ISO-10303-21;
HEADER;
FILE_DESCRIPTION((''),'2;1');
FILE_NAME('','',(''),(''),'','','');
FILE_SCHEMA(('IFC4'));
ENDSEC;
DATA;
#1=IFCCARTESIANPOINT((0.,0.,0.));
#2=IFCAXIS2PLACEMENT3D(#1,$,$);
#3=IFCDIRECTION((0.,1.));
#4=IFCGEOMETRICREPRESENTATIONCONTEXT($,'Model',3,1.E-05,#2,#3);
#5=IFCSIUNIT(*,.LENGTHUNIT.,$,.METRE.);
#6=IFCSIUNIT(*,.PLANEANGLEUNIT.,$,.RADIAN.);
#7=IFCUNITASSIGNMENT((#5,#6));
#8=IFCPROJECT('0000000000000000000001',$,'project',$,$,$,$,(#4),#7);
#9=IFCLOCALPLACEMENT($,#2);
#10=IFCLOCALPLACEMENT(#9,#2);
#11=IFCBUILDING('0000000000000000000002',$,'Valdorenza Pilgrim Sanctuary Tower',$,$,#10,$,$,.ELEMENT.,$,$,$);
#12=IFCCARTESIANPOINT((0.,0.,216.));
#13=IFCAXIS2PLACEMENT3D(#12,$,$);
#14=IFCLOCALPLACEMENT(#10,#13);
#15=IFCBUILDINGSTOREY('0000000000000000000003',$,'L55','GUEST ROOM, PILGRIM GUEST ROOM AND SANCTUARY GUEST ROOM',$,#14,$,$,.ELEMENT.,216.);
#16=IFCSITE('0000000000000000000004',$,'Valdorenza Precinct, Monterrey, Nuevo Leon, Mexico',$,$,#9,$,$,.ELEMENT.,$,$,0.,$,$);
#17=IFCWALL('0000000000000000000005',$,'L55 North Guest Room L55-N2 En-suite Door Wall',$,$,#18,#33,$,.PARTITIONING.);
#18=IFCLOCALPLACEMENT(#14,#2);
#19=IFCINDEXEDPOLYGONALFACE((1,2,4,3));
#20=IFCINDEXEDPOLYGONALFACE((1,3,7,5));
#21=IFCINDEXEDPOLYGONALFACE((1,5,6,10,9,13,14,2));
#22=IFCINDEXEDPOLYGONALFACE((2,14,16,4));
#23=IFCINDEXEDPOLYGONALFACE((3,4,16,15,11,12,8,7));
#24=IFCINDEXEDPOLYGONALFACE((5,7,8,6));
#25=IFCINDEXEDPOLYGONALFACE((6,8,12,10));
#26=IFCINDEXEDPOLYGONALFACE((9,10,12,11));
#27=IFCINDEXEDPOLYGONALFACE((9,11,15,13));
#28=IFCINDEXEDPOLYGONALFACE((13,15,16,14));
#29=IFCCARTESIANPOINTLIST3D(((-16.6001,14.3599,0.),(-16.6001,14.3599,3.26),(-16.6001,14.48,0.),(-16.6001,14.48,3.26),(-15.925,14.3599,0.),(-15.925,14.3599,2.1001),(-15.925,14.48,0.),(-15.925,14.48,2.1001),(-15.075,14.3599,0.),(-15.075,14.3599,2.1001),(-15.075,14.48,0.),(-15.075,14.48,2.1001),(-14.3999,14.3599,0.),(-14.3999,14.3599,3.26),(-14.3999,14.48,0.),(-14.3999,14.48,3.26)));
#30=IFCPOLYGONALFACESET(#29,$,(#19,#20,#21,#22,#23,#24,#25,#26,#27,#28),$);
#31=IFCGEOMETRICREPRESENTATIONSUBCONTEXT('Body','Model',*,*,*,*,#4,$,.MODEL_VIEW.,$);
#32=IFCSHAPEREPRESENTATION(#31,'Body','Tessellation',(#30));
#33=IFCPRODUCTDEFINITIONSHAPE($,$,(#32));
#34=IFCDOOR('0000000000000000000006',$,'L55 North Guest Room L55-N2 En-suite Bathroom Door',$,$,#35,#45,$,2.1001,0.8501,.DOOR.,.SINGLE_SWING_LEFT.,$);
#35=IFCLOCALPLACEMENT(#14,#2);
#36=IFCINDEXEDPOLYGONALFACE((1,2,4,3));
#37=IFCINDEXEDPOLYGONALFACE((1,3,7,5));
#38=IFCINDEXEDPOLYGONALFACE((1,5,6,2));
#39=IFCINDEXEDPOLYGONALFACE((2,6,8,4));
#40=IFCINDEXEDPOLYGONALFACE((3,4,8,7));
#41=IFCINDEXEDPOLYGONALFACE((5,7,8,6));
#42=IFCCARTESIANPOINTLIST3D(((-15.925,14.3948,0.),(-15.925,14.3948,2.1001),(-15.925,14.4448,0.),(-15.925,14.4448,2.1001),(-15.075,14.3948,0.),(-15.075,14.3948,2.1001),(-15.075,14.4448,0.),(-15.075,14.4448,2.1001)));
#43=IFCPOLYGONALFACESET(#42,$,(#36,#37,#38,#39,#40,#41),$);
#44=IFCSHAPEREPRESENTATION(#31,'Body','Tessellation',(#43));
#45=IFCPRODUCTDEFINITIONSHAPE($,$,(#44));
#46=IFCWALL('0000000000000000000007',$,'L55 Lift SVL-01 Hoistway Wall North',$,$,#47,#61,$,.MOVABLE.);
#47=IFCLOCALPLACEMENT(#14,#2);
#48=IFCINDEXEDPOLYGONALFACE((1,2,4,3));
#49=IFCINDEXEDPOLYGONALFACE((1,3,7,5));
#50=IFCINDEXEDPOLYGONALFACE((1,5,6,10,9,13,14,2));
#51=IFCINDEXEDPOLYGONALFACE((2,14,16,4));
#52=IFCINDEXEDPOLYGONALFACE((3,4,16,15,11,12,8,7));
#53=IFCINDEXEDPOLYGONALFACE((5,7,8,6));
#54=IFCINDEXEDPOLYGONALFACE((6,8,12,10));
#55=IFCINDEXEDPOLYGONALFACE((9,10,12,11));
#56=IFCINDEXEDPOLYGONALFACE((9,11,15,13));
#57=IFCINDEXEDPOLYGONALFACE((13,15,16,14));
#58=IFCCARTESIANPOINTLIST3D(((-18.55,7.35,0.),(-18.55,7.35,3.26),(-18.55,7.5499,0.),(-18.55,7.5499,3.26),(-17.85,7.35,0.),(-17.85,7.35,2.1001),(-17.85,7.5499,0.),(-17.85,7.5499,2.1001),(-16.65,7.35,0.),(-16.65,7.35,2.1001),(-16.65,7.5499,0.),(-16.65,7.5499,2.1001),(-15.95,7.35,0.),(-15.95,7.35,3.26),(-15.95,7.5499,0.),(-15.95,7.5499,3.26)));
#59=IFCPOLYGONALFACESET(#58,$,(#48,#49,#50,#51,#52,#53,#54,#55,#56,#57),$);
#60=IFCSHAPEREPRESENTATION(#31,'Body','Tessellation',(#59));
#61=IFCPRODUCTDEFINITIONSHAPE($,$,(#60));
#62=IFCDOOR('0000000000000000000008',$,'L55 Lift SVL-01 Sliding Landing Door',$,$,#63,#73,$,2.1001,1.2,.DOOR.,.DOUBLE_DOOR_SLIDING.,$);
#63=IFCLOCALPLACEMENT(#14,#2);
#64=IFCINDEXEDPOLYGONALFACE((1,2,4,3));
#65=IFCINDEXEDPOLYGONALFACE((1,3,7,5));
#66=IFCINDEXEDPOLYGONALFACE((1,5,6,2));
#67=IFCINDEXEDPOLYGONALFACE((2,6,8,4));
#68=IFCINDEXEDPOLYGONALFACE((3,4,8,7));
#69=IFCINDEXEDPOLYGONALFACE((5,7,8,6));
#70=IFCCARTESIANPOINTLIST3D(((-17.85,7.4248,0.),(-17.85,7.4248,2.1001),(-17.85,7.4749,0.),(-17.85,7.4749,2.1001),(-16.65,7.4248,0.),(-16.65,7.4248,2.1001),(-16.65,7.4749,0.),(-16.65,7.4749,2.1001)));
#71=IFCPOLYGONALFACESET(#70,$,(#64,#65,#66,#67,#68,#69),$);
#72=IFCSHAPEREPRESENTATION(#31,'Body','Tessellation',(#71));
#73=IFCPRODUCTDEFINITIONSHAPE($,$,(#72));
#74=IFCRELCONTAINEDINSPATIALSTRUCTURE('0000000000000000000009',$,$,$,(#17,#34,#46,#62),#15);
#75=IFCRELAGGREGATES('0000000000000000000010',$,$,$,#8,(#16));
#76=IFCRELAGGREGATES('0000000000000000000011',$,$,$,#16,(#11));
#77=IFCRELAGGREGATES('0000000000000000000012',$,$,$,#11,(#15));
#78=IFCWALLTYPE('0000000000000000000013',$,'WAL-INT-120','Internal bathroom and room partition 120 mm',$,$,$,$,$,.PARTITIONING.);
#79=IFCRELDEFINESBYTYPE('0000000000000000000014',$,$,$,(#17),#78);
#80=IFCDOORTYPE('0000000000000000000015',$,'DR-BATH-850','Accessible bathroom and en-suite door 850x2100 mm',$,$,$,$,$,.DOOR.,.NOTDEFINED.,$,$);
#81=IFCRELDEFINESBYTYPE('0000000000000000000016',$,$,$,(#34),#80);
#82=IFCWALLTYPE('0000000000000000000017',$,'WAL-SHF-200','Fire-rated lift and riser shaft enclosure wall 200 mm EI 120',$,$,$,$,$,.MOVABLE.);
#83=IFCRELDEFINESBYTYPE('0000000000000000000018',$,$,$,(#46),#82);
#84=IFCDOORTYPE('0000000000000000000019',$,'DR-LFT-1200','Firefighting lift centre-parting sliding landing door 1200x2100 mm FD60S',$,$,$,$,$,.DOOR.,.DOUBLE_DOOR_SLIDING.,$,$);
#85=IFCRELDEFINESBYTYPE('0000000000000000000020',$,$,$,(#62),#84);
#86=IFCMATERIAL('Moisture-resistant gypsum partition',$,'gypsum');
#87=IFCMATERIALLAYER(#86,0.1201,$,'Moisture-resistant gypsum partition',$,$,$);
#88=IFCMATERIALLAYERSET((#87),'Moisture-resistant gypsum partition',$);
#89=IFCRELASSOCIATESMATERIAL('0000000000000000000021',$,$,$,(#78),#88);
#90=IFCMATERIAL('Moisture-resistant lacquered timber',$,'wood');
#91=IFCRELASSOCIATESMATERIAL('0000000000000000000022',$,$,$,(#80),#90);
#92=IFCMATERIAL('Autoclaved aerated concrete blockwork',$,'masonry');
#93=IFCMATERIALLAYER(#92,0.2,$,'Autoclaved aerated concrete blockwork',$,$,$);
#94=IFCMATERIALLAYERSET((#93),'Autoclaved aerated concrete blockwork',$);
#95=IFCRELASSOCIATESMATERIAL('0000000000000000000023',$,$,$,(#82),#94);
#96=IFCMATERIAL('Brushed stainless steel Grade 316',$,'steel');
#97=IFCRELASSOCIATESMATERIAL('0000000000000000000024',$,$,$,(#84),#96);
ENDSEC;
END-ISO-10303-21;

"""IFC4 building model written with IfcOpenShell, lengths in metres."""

from ifc_helpers import new_model, si_unit, direction, frame, frame_2d, origin, place, context, subcontext, project, spatial, rectangle, extrude, material, layer, layer_set, type_object, element, fill, save


model = new_model("IFC4")

# Units and contexts
model_context = context("Model", 3, precision=1e-05, world=origin(), true_north=direction((0.0, 1.0)))
body_context = subcontext(model_context, "Body", "Model", "MODEL_VIEW")
ifc_project = project(units=[si_unit("LENGTHUNIT", "METRE"), si_unit("PLANEANGLEUNIT", "RADIAN")], contexts=[model_context])

# Site, building, storey
site_placement = place(None, origin())
site = spatial("IfcSite", under=ifc_project, at=site_placement, Name="Valdorenza Precinct, Monterrey, Nuevo Leon, Mexico", CompositionType="ELEMENT", RefElevation=0.0)
building_placement = place(site_placement, origin())
building = spatial("IfcBuilding", under=site, at=building_placement, Name="Valdorenza Pilgrim Sanctuary Tower", CompositionType="ELEMENT")
storey_placement = place(building_placement, frame((0.0, 0.0, 216.0)))
storey = spatial("IfcBuildingStorey", under=building, at=storey_placement, Name="L55", Description="GUEST ROOM, PILGRIM GUEST ROOM AND SANCTUARY GUEST ROOM", CompositionType="ELEMENT", Elevation=216.0)

# Shared definitions
ifc_material_1 = material(Name="Moisture-resistant gypsum partition", Category="gypsum")
ifc_layer_1 = layer(ifc_material_1, 0.1201, Name="Moisture-resistant gypsum partition")
ifc_layer_set_1 = layer_set([ifc_layer_1], Name="Moisture-resistant gypsum partition")
wall_type_1 = type_object("IfcWallType", Name="WAL-INT-120", Description="Internal bathroom and room partition 120 mm", PredefinedType="PARTITIONING", material=ifc_layer_set_1)

# Walls, openings, doors
wall_1_placement = place(storey_placement, frame((-16.6001, 14.4199, 0.0), z_axis=(0.0, 0.0, 1.0), x_axis=(1.0, 0.0, 0.0)))
wall_1 = element("IfcWall", 1, at=wall_1_placement, inside=storey, type_object=wall_type_1, Name="L55 North Guest Room L55-N2 En-suite Door Wall", PredefinedType="PARTITIONING", context=body_context, shape_type="SweptSolid", body=[
    extrude(rectangle(XDim=2.2002, YDim=0.1201, at=frame_2d((1.1001, 0.0))), origin(), (0.0, 0.0, 1.0), 3.26),
])
opening_1_placement = place(wall_1_placement, frame((0.675, 0.0, 0.0)))
opening_1 = element("IfcOpeningElement", 2, at=opening_1_placement, cuts=wall_1, PredefinedType="OPENING", context=body_context, shape_type="SweptSolid", body=[
    extrude(rectangle(XDim=0.8501, YDim=2.1001, at=frame_2d((0.425, 1.05))), frame((0.0, 0.075, 0.0), z_axis=(0.0, -1.0, 0.0), x_axis=(1.0, 0.0, 0.0)), (0.0, 0.0, 1.0), 0.1499),
])
ifc_material_2 = material(Name="Moisture-resistant lacquered timber", Category="wood")
door_type_1 = type_object("IfcDoorType", Name="DR-BATH-850", Description="Accessible bathroom and en-suite door 850x2100 mm", OperationType="NOTDEFINED", PredefinedType="DOOR", material=ifc_material_2)
door_1_placement = place(opening_1_placement, origin())
door_1 = element("IfcDoor", 3, at=door_1_placement, inside=storey, type_object=door_type_1, Name="L55 North Guest Room L55-N2 En-suite Bathroom Door", OperationType="SINGLE_SWING_LEFT", OverallHeight=2.1001, OverallWidth=0.8501, PredefinedType="DOOR", context=body_context, shape_type="SweptSolid", body=[
    extrude(rectangle(XDim=0.8501, YDim=2.1001, at=frame_2d((0.425, 1.05))), frame((0.0, 0.0249, 0.0), z_axis=(0.0, -1.0, 0.0), x_axis=(1.0, 0.0, 0.0)), (0.0, 0.0, 1.0), 0.05),
])
fill(opening_1, door_1)
ifc_material_3 = material(Name="Autoclaved aerated concrete blockwork", Category="masonry")
ifc_layer_2 = layer(ifc_material_3, 0.2, Name="Autoclaved aerated concrete blockwork")
ifc_layer_set_2 = layer_set([ifc_layer_2], Name="Autoclaved aerated concrete blockwork")
wall_type_2 = type_object("IfcWallType", Name="WAL-SHF-200", Description="Fire-rated lift and riser shaft enclosure wall 200 mm EI 120", PredefinedType="MOVABLE", material=ifc_layer_set_2)
wall_2_placement = place(storey_placement, frame((-18.55, 7.45, 0.0), z_axis=(0.0, 0.0, 1.0), x_axis=(1.0, 0.0, 0.0)))
wall_2 = element("IfcWall", 4, at=wall_2_placement, inside=storey, type_object=wall_type_2, Name="L55 Lift SVL-01 Hoistway Wall North", PredefinedType="MOVABLE", context=body_context, shape_type="SweptSolid", body=[
    extrude(rectangle(XDim=2.6001, YDim=0.2, at=frame_2d((1.3, 0.0))), origin(), (0.0, 0.0, 1.0), 3.26),
])
opening_2_placement = place(wall_2_placement, frame((0.7, 0.0, 0.0)))
opening_2 = element("IfcOpeningElement", 5, at=opening_2_placement, cuts=wall_2, PredefinedType="OPENING", context=body_context, shape_type="SweptSolid", body=[
    extrude(rectangle(XDim=1.2, YDim=2.1001, at=frame_2d((0.6001, 1.05))), frame((0.0, 0.1147, 0.0), z_axis=(0.0, -1.0, 0.0), x_axis=(1.0, 0.0, 0.0)), (0.0, 0.0, 1.0), 0.2297),
])
ifc_material_4 = material(Name="Brushed stainless steel Grade 316", Category="steel")
door_type_2 = type_object("IfcDoorType", Name="DR-LFT-1200", Description="Firefighting lift centre-parting sliding landing door 1200x2100 mm FD60S", OperationType="DOUBLE_DOOR_SLIDING", PredefinedType="DOOR", material=ifc_material_4)
door_2_placement = place(opening_2_placement, origin())
door_2 = element("IfcDoor", 6, at=door_2_placement, inside=storey, type_object=door_type_2, Name="L55 Lift SVL-01 Sliding Landing Door", OperationType="DOUBLE_DOOR_SLIDING", OverallHeight=2.1001, OverallWidth=1.2, PredefinedType="DOOR", context=body_context, shape_type="SweptSolid", body=[
    extrude(rectangle(XDim=1.2, YDim=2.1001, at=frame_2d((0.6001, 1.05))), frame((0.0, 0.0249, 0.0), z_axis=(0.0, -1.0, 0.0), x_axis=(1.0, 0.0, 0.0)), (0.0, 0.0, 1.0), 0.05),
])
fill(opening_2, door_2)

save(model, "model.ifc")
